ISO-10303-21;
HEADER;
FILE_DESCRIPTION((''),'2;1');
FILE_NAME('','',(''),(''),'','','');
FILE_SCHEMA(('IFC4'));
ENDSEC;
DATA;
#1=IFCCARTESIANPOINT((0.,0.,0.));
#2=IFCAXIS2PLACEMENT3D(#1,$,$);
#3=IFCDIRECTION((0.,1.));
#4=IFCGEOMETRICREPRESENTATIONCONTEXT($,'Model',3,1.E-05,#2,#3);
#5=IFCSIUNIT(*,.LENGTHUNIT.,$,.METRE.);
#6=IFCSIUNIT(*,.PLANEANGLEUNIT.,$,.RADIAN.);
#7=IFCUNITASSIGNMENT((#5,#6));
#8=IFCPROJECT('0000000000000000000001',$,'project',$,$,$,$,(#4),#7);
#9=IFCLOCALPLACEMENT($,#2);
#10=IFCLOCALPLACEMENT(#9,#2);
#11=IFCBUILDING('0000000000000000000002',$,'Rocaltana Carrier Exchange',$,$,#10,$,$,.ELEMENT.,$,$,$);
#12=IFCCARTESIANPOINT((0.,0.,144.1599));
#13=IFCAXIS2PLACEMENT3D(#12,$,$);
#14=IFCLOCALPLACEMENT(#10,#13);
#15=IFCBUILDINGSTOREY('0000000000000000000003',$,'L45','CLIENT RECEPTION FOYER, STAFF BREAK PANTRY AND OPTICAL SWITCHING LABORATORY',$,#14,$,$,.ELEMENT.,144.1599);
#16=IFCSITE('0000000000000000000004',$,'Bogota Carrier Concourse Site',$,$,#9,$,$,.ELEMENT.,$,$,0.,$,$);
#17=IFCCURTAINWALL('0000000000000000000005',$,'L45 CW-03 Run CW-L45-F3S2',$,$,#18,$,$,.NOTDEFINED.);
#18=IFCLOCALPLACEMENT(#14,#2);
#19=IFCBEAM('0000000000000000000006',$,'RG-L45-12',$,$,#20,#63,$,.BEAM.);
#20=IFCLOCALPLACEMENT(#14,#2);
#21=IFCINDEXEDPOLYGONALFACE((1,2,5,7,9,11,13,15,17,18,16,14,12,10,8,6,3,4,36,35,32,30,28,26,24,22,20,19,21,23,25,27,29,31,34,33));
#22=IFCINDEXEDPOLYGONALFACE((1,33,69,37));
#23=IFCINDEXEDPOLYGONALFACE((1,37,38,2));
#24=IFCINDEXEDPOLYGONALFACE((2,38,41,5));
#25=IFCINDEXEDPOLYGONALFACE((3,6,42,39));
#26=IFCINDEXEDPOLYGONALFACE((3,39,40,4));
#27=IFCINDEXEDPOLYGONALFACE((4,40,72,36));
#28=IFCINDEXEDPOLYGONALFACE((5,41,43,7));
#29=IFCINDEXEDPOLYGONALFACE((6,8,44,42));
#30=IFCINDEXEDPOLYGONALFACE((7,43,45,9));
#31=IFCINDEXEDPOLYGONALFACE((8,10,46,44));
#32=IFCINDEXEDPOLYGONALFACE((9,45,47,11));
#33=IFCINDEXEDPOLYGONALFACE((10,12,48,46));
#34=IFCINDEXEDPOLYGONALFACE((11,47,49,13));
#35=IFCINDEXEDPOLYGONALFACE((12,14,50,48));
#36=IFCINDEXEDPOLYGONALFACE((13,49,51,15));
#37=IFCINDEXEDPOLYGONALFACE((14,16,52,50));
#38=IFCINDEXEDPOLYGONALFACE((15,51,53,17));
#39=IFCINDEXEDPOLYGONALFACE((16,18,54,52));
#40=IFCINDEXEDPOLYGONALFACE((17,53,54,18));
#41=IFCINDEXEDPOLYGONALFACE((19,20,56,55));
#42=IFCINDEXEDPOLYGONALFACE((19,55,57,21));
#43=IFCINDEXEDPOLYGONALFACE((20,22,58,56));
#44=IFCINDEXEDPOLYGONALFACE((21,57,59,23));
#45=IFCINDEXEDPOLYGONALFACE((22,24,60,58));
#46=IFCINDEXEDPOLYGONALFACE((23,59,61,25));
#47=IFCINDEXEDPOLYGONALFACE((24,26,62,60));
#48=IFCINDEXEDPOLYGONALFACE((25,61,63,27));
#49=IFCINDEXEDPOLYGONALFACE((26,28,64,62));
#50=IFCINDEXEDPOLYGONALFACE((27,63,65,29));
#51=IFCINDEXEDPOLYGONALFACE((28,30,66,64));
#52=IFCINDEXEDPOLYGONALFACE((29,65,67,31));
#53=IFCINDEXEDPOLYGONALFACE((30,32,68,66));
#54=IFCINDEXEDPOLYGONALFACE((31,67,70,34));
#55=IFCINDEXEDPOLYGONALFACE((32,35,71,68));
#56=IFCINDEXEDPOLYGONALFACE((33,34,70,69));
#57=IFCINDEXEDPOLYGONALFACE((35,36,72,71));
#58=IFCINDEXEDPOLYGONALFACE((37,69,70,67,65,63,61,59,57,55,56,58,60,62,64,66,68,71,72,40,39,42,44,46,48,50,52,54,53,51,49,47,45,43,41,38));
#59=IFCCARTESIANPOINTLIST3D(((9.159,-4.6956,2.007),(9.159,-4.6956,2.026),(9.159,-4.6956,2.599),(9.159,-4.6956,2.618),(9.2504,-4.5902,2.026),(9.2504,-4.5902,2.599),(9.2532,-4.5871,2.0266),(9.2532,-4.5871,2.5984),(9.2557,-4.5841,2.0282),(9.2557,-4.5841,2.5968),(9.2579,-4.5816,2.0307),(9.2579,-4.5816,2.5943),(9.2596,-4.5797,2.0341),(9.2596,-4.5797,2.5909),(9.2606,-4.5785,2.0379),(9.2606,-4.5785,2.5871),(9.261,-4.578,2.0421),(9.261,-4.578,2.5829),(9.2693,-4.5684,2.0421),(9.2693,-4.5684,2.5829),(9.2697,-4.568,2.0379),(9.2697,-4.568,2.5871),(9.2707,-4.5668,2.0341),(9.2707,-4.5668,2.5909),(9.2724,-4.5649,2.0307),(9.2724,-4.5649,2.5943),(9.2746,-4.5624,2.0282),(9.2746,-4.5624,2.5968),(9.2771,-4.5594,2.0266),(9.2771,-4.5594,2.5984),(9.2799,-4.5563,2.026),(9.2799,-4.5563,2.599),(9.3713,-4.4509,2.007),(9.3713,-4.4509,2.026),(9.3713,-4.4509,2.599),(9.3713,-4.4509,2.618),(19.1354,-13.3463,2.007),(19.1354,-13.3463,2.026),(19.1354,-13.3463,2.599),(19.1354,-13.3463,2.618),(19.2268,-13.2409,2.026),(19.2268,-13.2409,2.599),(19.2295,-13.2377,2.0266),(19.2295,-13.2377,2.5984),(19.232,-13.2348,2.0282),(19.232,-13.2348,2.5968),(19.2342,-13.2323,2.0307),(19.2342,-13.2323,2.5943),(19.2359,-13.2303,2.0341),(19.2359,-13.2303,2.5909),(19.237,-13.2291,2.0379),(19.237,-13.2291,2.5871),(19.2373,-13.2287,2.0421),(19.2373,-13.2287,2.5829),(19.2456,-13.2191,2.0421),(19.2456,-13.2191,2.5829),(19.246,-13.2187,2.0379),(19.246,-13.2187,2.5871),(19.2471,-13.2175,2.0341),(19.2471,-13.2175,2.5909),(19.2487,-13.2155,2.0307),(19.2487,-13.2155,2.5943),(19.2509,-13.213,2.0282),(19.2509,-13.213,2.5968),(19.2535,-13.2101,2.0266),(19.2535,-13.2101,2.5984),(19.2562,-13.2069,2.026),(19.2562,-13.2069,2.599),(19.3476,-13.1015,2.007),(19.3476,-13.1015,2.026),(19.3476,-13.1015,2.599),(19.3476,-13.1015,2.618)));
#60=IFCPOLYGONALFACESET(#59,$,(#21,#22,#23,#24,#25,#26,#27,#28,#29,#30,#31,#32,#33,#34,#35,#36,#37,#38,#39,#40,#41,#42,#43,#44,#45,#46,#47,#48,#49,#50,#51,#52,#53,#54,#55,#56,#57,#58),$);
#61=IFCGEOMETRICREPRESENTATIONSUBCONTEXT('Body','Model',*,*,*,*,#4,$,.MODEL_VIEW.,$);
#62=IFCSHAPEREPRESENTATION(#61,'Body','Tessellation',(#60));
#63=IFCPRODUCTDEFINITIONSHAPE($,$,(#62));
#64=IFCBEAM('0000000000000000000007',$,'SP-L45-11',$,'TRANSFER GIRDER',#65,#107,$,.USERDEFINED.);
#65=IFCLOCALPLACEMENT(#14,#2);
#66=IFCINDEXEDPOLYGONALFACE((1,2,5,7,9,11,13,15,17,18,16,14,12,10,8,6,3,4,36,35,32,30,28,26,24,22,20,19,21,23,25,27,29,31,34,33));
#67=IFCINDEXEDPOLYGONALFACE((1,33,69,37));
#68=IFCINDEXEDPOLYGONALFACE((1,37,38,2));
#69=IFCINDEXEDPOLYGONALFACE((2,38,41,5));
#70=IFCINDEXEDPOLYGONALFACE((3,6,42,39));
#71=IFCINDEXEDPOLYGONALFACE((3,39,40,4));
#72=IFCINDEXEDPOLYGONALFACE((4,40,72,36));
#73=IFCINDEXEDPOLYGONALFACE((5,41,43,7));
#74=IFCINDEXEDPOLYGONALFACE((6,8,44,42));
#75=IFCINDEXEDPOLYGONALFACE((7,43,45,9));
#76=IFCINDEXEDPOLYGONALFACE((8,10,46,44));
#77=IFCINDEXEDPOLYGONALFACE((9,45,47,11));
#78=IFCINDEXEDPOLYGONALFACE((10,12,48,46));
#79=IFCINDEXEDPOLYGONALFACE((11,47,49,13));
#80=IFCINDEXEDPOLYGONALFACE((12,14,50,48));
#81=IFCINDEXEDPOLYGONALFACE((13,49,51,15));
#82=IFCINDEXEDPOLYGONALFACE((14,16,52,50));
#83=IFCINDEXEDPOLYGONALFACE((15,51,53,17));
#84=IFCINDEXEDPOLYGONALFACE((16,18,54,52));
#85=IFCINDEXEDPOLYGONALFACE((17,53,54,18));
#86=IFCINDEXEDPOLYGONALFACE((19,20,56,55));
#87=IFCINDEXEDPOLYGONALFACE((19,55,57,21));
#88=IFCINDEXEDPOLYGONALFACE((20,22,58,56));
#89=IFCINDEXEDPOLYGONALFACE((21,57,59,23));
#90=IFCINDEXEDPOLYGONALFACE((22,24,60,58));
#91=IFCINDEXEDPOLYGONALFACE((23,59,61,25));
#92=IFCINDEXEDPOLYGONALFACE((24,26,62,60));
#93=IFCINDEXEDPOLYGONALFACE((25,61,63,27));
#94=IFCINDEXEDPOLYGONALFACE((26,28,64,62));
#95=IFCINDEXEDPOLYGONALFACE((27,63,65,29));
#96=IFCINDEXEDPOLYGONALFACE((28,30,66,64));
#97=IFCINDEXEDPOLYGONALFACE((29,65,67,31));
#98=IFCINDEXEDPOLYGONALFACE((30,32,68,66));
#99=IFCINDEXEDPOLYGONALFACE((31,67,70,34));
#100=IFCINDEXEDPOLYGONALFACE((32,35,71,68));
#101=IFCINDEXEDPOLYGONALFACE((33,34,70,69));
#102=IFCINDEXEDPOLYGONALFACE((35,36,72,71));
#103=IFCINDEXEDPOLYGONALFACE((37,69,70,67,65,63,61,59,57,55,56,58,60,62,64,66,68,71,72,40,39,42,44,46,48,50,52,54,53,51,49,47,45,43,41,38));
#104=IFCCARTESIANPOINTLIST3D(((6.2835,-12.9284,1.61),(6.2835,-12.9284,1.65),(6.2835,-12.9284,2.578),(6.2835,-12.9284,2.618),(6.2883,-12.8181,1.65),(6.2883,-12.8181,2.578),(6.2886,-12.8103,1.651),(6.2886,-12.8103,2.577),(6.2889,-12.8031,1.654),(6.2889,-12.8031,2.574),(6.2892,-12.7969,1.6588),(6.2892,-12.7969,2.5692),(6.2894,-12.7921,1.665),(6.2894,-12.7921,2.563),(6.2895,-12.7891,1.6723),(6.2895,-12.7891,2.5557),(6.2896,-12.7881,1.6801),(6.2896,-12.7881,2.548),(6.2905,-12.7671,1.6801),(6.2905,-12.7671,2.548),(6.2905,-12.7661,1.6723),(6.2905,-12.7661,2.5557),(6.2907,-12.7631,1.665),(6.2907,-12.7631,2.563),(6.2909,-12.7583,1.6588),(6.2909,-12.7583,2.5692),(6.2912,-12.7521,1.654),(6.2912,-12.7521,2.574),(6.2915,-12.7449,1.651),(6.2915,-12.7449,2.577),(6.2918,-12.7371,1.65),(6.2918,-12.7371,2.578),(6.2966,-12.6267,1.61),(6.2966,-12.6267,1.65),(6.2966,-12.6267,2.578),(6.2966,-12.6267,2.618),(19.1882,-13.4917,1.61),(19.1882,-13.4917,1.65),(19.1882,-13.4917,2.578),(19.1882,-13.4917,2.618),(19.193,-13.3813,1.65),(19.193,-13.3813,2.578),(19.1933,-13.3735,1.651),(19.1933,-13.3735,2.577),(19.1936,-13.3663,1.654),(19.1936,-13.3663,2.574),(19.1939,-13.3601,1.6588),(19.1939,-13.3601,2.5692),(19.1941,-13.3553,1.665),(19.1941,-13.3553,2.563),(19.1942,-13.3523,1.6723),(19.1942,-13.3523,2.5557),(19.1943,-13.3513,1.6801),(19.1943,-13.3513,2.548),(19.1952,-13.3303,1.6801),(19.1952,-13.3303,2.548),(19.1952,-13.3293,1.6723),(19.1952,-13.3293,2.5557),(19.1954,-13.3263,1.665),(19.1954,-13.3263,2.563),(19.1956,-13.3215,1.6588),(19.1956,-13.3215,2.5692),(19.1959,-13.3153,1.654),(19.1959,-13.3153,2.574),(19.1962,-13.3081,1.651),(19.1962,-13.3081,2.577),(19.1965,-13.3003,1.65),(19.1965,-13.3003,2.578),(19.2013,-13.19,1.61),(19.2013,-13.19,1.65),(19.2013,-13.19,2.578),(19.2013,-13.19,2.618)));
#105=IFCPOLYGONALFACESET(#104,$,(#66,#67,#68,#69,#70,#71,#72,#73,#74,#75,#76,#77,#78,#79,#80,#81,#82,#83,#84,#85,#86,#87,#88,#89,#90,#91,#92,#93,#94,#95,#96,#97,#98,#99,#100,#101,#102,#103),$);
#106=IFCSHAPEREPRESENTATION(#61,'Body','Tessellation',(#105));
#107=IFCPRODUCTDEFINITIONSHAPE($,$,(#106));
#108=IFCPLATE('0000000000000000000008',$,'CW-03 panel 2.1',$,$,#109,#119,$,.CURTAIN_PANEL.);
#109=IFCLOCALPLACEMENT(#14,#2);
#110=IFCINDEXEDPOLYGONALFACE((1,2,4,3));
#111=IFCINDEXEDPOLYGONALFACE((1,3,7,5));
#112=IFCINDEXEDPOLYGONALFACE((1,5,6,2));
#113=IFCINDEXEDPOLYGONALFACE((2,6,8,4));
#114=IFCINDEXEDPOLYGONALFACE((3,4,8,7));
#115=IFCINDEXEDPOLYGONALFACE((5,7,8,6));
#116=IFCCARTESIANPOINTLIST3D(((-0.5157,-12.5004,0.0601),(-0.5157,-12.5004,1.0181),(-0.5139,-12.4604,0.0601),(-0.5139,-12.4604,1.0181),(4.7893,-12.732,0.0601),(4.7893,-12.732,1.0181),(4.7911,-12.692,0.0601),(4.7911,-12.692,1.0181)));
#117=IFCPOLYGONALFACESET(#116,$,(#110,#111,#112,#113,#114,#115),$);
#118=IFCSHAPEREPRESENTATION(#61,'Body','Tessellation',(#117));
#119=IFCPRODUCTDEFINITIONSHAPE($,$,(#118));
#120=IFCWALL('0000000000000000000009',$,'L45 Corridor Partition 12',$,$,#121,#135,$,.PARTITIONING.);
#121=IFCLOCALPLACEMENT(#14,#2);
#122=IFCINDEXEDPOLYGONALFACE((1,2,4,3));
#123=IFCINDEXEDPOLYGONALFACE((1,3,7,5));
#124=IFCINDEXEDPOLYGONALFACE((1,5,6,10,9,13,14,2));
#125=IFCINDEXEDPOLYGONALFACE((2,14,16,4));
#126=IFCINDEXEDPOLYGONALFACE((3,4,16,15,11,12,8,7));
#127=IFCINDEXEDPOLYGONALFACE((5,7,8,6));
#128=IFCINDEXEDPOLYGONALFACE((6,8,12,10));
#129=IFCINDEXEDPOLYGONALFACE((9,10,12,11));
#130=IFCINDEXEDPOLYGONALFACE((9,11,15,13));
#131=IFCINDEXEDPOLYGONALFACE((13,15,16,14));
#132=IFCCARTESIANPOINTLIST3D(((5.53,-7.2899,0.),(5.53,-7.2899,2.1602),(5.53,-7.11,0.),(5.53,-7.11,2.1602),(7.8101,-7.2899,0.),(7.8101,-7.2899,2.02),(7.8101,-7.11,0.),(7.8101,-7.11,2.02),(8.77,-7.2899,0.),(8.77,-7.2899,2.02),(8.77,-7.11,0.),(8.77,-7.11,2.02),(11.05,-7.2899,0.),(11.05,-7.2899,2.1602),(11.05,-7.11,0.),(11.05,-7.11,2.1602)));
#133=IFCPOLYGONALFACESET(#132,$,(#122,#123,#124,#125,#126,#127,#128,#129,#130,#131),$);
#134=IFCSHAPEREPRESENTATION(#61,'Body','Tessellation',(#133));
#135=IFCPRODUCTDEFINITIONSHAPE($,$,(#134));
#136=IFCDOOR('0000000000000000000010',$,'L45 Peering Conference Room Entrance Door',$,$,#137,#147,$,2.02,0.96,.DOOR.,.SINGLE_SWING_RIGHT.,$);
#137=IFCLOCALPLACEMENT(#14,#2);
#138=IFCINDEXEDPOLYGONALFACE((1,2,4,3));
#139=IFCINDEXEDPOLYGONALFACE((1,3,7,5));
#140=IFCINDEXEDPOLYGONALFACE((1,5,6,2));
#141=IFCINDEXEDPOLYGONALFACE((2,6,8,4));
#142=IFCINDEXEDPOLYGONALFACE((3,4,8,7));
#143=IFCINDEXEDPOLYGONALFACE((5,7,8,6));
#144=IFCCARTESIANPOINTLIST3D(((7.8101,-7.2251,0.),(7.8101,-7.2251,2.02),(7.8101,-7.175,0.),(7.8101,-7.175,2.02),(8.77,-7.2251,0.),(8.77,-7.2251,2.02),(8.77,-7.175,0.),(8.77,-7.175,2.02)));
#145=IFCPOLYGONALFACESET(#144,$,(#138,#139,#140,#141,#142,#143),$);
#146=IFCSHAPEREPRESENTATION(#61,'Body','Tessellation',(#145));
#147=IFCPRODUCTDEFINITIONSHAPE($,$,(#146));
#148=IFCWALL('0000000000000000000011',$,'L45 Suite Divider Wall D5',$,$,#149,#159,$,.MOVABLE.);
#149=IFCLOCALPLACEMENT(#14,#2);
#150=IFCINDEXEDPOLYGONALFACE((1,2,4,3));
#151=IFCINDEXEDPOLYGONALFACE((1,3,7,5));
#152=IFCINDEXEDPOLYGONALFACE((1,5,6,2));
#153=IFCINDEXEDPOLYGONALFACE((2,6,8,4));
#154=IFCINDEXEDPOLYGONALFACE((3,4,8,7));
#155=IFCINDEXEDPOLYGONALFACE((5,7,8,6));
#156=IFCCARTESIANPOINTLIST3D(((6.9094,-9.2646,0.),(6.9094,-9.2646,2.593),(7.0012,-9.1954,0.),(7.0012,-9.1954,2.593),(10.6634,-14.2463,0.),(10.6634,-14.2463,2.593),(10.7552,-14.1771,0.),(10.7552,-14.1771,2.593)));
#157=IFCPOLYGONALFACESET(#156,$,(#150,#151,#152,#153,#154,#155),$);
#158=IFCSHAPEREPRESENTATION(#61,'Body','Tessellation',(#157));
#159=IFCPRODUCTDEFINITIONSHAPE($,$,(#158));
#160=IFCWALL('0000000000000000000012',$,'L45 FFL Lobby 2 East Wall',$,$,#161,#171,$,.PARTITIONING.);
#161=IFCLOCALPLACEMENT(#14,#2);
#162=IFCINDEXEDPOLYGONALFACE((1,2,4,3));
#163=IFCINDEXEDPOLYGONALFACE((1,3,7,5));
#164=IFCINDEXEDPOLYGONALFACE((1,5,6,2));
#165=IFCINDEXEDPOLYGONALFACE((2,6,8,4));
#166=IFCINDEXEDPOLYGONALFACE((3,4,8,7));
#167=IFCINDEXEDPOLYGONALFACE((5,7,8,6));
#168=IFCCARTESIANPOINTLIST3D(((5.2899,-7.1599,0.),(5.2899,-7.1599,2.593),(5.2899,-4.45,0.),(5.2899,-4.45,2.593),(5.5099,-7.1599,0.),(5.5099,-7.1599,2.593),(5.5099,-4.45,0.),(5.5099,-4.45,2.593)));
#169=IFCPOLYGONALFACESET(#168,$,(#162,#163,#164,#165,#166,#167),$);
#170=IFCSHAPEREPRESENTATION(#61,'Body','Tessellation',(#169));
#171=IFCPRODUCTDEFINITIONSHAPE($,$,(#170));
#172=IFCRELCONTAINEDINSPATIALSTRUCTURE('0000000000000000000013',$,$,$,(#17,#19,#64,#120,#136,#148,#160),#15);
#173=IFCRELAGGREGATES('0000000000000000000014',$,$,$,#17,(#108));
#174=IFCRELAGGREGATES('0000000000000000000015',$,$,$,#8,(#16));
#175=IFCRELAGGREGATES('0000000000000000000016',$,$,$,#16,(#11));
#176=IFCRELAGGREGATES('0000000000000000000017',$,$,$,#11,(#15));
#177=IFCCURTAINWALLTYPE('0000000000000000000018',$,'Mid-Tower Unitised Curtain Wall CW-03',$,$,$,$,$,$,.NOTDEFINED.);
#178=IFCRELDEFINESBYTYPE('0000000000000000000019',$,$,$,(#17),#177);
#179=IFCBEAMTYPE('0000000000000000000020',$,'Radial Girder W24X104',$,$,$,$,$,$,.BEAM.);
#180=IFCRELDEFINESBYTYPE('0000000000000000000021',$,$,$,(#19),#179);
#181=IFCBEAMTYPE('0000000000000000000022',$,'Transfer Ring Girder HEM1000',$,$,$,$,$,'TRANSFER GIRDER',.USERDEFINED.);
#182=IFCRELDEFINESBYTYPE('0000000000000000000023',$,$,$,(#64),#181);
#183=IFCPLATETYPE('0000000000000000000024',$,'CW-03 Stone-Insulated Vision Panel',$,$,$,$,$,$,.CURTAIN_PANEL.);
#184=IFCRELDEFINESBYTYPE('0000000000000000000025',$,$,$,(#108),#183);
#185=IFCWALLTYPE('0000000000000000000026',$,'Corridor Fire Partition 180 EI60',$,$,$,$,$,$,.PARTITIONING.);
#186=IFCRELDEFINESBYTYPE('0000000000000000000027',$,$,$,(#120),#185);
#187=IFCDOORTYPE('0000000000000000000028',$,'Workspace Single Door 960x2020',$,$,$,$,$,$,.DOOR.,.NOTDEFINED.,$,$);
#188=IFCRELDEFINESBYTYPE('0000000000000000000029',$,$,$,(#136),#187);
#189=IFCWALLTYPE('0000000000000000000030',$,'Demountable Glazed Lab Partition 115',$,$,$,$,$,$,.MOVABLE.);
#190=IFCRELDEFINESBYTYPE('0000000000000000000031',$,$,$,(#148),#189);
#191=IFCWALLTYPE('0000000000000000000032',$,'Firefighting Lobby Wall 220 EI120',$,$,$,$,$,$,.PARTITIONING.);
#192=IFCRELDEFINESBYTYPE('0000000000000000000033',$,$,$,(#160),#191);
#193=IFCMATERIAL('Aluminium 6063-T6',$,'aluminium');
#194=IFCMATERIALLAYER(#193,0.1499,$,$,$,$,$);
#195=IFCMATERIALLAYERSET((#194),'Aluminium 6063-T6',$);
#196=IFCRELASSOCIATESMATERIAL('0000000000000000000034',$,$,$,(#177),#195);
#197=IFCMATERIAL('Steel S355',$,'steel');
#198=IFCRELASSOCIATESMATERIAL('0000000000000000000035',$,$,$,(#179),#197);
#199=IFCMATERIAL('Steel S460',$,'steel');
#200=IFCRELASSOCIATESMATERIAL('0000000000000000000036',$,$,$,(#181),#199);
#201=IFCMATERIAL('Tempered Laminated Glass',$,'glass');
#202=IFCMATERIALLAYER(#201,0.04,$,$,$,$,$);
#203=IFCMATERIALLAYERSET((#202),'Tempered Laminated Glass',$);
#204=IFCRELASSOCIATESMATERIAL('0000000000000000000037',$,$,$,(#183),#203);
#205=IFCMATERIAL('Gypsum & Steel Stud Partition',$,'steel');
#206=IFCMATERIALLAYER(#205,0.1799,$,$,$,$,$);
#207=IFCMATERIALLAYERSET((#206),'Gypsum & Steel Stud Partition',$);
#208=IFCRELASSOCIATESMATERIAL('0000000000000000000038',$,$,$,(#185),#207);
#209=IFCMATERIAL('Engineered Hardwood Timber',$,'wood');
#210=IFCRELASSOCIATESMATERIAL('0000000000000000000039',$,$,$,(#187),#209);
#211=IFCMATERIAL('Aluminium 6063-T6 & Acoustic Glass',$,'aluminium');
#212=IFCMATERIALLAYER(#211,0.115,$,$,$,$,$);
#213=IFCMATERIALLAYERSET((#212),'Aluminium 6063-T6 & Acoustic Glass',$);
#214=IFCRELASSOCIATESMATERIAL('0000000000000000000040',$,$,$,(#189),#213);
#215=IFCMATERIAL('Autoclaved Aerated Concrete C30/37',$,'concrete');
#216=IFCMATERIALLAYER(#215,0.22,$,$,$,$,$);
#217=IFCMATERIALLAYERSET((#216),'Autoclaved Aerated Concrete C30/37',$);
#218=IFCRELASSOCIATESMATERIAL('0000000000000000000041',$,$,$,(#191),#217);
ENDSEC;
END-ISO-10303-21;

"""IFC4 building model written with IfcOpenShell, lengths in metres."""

from ifc_helpers import new_model, si_unit, direction, frame, frame_2d, origin, origin_2d, place, context, subcontext, project, spatial, rectangle, i_section, extrude, material, layer, layer_set, material_profile, profile_set, type_object, element, fill, aggregate, save


model = new_model("IFC4")

# Units and contexts
model_context = context("Model", 3, precision=1e-05, world=origin(), true_north=direction((0.0, 1.0)))
body_context = subcontext(model_context, "Body", "Model", "MODEL_VIEW")
ifc_project = project(units=[si_unit("LENGTHUNIT", "METRE"), si_unit("PLANEANGLEUNIT", "RADIAN")], contexts=[model_context])

# Site, building, storey
site_placement = place(None, origin())
site = spatial("IfcSite", under=ifc_project, at=site_placement, Name="Bogota Carrier Concourse Site", CompositionType="ELEMENT", RefElevation=0.0)
building_placement = place(site_placement, origin())
building = spatial("IfcBuilding", under=site, at=building_placement, Name="Rocaltana Carrier Exchange", CompositionType="ELEMENT")
storey_placement = place(building_placement, frame((0.0, 0.0, 144.1599)))
storey = spatial("IfcBuildingStorey", under=building, at=storey_placement, Name="L45", Description="CLIENT RECEPTION FOYER, STAFF BREAK PANTRY AND OPTICAL SWITCHING LABORATORY", CompositionType="ELEMENT", Elevation=144.1599)

# Curtain wall
ifc_material_1 = material(Name="Aluminium 6063-T6", Category="aluminium")
ifc_layer_1 = layer(ifc_material_1, 0.1499)
ifc_layer_set_1 = layer_set([ifc_layer_1], Name="Aluminium 6063-T6")
curtain_wall_type = type_object("IfcCurtainWallType", Name="Mid-Tower Unitised Curtain Wall CW-03", PredefinedType="NOTDEFINED", material=ifc_layer_set_1)
curtain_wall_1_placement = place(storey_placement, origin())
curtain_wall_1 = element("IfcCurtainWall", 1, at=curtain_wall_1_placement, inside=storey, type_object=curtain_wall_type, Name="L45 CW-03 Run CW-L45-F3S2", PredefinedType="NOTDEFINED")

# Beams
ifc_material_2 = material(Name="Steel S355", Category="steel")
ifc_material_profile_1 = material_profile(ifc_material_2, i_section(OverallWidth=0.324, OverallDepth=0.6111, WebThickness=0.0127, FlangeThickness=0.019, FilletRadius=0.0161, at=origin_2d()), Name="W24X104")
ifc_profile_set_1 = profile_set([ifc_material_profile_1], Name="Steel S355")
beam_type_1 = type_object("IfcBeamType", Name="Radial Girder W24X104", PredefinedType="BEAM", material=ifc_profile_set_1)
beam_1_placement = place(storey_placement, frame((9.2651, -4.5732, 2.3125), z_axis=(0.755521, -0.655125, 0.0), x_axis=(0.655125, 0.755521, 0.0)))
element("IfcBeam", 2, at=beam_1_placement, inside=storey, type_object=beam_type_1, Name="RG-L45-12", PredefinedType="BEAM", context=body_context, shape_type="SweptSolid", body=[
    extrude(i_section(OverallWidth=0.324, OverallDepth=0.6111, WebThickness=0.0127, FlangeThickness=0.019, FilletRadius=0.0161, at=origin_2d()), origin(), (0.0, 0.0, 1.0), 13.2046),
])
ifc_material_3 = material(Name="Steel S460", Category="steel")
ifc_material_profile_2 = material_profile(ifc_material_3, i_section(OverallWidth=0.302, OverallDepth=1.0081, WebThickness=0.021, FlangeThickness=0.04, FilletRadius=0.03, at=origin_2d()), Name="HEM1000")
ifc_profile_set_2 = profile_set([ifc_material_profile_2], Name="Steel S460")
beam_type_2 = type_object("IfcBeamType", Name="Transfer Ring Girder HEM1000", ElementType="TRANSFER GIRDER", PredefinedType="USERDEFINED", material=ifc_profile_set_2)
beam_2_placement = place(storey_placement, frame((6.29, -12.7776, 2.114), z_axis=(0.999049, -0.043604, 0.0), x_axis=(0.043604, 0.999049, 0.0)))
element("IfcBeam", 3, at=beam_2_placement, inside=storey, type_object=beam_type_2, Name="SP-L45-11", ObjectType="TRANSFER GIRDER", PredefinedType="USERDEFINED", context=body_context, shape_type="SweptSolid", body=[
    extrude(i_section(OverallWidth=0.302, OverallDepth=1.0081, WebThickness=0.021, FlangeThickness=0.04, FilletRadius=0.03, at=origin_2d()), origin(), (0.0, 0.0, 1.0), 12.917),
])

# Plate
ifc_material_4 = material(Name="Tempered Laminated Glass", Category="glass")
ifc_layer_2 = layer(ifc_material_4, 0.04)
ifc_layer_set_2 = layer_set([ifc_layer_2], Name="Tempered Laminated Glass")
plate_type = type_object("IfcPlateType", Name="CW-03 Stone-Insulated Vision Panel", PredefinedType="CURTAIN_PANEL", material=ifc_layer_set_2)
plate_placement = place(storey_placement, frame((2.1377, -12.5962, 0.0601), z_axis=(0.0, 0.0, 1.0), x_axis=(0.999048, -0.04362, 0.0)))
plate = element("IfcPlate", 4, at=plate_placement, type_object=plate_type, Name="CW-03 panel 2.1", PredefinedType="CURTAIN_PANEL", context=body_context, shape_type="SweptSolid", body=[
    extrude(rectangle(XDim=5.3101, YDim=0.04, at=origin_2d()), origin(), (0.0, 0.0, 1.0), 0.958),
])
aggregate(curtain_wall_1, [plate])

# Wall, opening, door
ifc_material_5 = material(Name="Gypsum & Steel Stud Partition", Category="steel")
ifc_layer_3 = layer(ifc_material_5, 0.1799)
ifc_layer_set_3 = layer_set([ifc_layer_3], Name="Gypsum & Steel Stud Partition")
wall_type_1 = type_object("IfcWallType", Name="Corridor Fire Partition 180 EI60", PredefinedType="PARTITIONING", material=ifc_layer_set_3)
wall_1_placement = place(storey_placement, frame((5.53, -7.2, 0.0), z_axis=(0.0, 0.0, 1.0), x_axis=(1.0, 0.0, 0.0)))
wall_1 = element("IfcWall", 5, at=wall_1_placement, inside=storey, type_object=wall_type_1, Name="L45 Corridor Partition 12", PredefinedType="PARTITIONING", context=body_context, shape_type="SweptSolid", body=[
    extrude(rectangle(XDim=5.52, YDim=0.1799, at=frame_2d((2.76, 0.0))), origin(), (0.0, 0.0, 1.0), 2.1602),
])
opening_placement = place(wall_1_placement, frame((2.28, 0.0, 0.0)))
opening = element("IfcOpeningElement", 6, at=opening_placement, cuts=wall_1, PredefinedType="OPENING", context=body_context, shape_type="SweptSolid", body=[
    extrude(rectangle(XDim=0.96, YDim=2.02, at=frame_2d((0.48, 1.01))), frame((0.0, 0.0999, 0.0), z_axis=(0.0, -1.0, 0.0), x_axis=(1.0, 0.0, 0.0)), (0.0, 0.0, 1.0), 0.2),
])
ifc_material_6 = material(Name="Engineered Hardwood Timber", Category="wood")
door_type = type_object("IfcDoorType", Name="Workspace Single Door 960x2020", OperationType="NOTDEFINED", PredefinedType="DOOR", material=ifc_material_6)
door_placement = place(opening_placement, origin())
door = element("IfcDoor", 7, at=door_placement, inside=storey, type_object=door_type, Name="L45 Peering Conference Room Entrance Door", OperationType="SINGLE_SWING_RIGHT", OverallHeight=2.02, OverallWidth=0.96, PredefinedType="DOOR", context=body_context, shape_type="SweptSolid", body=[
    extrude(rectangle(XDim=0.96, YDim=2.02, at=frame_2d((0.48, 1.01))), frame((0.0, 0.0249, 0.0), z_axis=(0.0, -1.0, 0.0), x_axis=(1.0, 0.0, 0.0)), (0.0, 0.0, 1.0), 0.05),
])
fill(opening, door)

# Walls
ifc_material_7 = material(Name="Aluminium 6063-T6 & Acoustic Glass", Category="aluminium")
ifc_layer_4 = layer(ifc_material_7, 0.115)
ifc_layer_set_4 = layer_set([ifc_layer_4], Name="Aluminium 6063-T6 & Acoustic Glass")
wall_type_2 = type_object("IfcWallType", Name="Demountable Glazed Lab Partition 115", PredefinedType="MOVABLE", material=ifc_layer_set_4)
wall_2_placement = place(storey_placement, frame((6.9553, -9.23, 0.0), z_axis=(0.0, 0.0, 1.0), x_axis=(0.601808, -0.798641, 0.0)))
element("IfcWall", 8, at=wall_2_placement, inside=storey, type_object=wall_type_2, Name="L45 Suite Divider Wall D5", PredefinedType="MOVABLE", context=body_context, shape_type="SweptSolid", body=[
    extrude(rectangle(XDim=6.2378, YDim=0.115, at=frame_2d((3.1189, 0.0))), origin(), (0.0, 0.0, 1.0), 2.593),
])
ifc_material_8 = material(Name="Autoclaved Aerated Concrete C30/37", Category="concrete")
ifc_layer_5 = layer(ifc_material_8, 0.22)
ifc_layer_set_5 = layer_set([ifc_layer_5], Name="Autoclaved Aerated Concrete C30/37")
wall_type_3 = type_object("IfcWallType", Name="Firefighting Lobby Wall 220 EI120", PredefinedType="PARTITIONING", material=ifc_layer_set_5)
wall_3_placement = place(storey_placement, frame((5.3999, -7.1599, 0.0), z_axis=(0.0, 0.0, 1.0), x_axis=(0.0, 1.0, 0.0)))
element("IfcWall", 9, at=wall_3_placement, inside=storey, type_object=wall_type_3, Name="L45 FFL Lobby 2 East Wall", PredefinedType="PARTITIONING", context=body_context, shape_type="SweptSolid", body=[
    extrude(rectangle(XDim=2.71, YDim=0.22, at=frame_2d((1.355, 0.0))), origin(), (0.0, 0.0, 1.0), 2.593),
])

save(model, "model.ifc")
